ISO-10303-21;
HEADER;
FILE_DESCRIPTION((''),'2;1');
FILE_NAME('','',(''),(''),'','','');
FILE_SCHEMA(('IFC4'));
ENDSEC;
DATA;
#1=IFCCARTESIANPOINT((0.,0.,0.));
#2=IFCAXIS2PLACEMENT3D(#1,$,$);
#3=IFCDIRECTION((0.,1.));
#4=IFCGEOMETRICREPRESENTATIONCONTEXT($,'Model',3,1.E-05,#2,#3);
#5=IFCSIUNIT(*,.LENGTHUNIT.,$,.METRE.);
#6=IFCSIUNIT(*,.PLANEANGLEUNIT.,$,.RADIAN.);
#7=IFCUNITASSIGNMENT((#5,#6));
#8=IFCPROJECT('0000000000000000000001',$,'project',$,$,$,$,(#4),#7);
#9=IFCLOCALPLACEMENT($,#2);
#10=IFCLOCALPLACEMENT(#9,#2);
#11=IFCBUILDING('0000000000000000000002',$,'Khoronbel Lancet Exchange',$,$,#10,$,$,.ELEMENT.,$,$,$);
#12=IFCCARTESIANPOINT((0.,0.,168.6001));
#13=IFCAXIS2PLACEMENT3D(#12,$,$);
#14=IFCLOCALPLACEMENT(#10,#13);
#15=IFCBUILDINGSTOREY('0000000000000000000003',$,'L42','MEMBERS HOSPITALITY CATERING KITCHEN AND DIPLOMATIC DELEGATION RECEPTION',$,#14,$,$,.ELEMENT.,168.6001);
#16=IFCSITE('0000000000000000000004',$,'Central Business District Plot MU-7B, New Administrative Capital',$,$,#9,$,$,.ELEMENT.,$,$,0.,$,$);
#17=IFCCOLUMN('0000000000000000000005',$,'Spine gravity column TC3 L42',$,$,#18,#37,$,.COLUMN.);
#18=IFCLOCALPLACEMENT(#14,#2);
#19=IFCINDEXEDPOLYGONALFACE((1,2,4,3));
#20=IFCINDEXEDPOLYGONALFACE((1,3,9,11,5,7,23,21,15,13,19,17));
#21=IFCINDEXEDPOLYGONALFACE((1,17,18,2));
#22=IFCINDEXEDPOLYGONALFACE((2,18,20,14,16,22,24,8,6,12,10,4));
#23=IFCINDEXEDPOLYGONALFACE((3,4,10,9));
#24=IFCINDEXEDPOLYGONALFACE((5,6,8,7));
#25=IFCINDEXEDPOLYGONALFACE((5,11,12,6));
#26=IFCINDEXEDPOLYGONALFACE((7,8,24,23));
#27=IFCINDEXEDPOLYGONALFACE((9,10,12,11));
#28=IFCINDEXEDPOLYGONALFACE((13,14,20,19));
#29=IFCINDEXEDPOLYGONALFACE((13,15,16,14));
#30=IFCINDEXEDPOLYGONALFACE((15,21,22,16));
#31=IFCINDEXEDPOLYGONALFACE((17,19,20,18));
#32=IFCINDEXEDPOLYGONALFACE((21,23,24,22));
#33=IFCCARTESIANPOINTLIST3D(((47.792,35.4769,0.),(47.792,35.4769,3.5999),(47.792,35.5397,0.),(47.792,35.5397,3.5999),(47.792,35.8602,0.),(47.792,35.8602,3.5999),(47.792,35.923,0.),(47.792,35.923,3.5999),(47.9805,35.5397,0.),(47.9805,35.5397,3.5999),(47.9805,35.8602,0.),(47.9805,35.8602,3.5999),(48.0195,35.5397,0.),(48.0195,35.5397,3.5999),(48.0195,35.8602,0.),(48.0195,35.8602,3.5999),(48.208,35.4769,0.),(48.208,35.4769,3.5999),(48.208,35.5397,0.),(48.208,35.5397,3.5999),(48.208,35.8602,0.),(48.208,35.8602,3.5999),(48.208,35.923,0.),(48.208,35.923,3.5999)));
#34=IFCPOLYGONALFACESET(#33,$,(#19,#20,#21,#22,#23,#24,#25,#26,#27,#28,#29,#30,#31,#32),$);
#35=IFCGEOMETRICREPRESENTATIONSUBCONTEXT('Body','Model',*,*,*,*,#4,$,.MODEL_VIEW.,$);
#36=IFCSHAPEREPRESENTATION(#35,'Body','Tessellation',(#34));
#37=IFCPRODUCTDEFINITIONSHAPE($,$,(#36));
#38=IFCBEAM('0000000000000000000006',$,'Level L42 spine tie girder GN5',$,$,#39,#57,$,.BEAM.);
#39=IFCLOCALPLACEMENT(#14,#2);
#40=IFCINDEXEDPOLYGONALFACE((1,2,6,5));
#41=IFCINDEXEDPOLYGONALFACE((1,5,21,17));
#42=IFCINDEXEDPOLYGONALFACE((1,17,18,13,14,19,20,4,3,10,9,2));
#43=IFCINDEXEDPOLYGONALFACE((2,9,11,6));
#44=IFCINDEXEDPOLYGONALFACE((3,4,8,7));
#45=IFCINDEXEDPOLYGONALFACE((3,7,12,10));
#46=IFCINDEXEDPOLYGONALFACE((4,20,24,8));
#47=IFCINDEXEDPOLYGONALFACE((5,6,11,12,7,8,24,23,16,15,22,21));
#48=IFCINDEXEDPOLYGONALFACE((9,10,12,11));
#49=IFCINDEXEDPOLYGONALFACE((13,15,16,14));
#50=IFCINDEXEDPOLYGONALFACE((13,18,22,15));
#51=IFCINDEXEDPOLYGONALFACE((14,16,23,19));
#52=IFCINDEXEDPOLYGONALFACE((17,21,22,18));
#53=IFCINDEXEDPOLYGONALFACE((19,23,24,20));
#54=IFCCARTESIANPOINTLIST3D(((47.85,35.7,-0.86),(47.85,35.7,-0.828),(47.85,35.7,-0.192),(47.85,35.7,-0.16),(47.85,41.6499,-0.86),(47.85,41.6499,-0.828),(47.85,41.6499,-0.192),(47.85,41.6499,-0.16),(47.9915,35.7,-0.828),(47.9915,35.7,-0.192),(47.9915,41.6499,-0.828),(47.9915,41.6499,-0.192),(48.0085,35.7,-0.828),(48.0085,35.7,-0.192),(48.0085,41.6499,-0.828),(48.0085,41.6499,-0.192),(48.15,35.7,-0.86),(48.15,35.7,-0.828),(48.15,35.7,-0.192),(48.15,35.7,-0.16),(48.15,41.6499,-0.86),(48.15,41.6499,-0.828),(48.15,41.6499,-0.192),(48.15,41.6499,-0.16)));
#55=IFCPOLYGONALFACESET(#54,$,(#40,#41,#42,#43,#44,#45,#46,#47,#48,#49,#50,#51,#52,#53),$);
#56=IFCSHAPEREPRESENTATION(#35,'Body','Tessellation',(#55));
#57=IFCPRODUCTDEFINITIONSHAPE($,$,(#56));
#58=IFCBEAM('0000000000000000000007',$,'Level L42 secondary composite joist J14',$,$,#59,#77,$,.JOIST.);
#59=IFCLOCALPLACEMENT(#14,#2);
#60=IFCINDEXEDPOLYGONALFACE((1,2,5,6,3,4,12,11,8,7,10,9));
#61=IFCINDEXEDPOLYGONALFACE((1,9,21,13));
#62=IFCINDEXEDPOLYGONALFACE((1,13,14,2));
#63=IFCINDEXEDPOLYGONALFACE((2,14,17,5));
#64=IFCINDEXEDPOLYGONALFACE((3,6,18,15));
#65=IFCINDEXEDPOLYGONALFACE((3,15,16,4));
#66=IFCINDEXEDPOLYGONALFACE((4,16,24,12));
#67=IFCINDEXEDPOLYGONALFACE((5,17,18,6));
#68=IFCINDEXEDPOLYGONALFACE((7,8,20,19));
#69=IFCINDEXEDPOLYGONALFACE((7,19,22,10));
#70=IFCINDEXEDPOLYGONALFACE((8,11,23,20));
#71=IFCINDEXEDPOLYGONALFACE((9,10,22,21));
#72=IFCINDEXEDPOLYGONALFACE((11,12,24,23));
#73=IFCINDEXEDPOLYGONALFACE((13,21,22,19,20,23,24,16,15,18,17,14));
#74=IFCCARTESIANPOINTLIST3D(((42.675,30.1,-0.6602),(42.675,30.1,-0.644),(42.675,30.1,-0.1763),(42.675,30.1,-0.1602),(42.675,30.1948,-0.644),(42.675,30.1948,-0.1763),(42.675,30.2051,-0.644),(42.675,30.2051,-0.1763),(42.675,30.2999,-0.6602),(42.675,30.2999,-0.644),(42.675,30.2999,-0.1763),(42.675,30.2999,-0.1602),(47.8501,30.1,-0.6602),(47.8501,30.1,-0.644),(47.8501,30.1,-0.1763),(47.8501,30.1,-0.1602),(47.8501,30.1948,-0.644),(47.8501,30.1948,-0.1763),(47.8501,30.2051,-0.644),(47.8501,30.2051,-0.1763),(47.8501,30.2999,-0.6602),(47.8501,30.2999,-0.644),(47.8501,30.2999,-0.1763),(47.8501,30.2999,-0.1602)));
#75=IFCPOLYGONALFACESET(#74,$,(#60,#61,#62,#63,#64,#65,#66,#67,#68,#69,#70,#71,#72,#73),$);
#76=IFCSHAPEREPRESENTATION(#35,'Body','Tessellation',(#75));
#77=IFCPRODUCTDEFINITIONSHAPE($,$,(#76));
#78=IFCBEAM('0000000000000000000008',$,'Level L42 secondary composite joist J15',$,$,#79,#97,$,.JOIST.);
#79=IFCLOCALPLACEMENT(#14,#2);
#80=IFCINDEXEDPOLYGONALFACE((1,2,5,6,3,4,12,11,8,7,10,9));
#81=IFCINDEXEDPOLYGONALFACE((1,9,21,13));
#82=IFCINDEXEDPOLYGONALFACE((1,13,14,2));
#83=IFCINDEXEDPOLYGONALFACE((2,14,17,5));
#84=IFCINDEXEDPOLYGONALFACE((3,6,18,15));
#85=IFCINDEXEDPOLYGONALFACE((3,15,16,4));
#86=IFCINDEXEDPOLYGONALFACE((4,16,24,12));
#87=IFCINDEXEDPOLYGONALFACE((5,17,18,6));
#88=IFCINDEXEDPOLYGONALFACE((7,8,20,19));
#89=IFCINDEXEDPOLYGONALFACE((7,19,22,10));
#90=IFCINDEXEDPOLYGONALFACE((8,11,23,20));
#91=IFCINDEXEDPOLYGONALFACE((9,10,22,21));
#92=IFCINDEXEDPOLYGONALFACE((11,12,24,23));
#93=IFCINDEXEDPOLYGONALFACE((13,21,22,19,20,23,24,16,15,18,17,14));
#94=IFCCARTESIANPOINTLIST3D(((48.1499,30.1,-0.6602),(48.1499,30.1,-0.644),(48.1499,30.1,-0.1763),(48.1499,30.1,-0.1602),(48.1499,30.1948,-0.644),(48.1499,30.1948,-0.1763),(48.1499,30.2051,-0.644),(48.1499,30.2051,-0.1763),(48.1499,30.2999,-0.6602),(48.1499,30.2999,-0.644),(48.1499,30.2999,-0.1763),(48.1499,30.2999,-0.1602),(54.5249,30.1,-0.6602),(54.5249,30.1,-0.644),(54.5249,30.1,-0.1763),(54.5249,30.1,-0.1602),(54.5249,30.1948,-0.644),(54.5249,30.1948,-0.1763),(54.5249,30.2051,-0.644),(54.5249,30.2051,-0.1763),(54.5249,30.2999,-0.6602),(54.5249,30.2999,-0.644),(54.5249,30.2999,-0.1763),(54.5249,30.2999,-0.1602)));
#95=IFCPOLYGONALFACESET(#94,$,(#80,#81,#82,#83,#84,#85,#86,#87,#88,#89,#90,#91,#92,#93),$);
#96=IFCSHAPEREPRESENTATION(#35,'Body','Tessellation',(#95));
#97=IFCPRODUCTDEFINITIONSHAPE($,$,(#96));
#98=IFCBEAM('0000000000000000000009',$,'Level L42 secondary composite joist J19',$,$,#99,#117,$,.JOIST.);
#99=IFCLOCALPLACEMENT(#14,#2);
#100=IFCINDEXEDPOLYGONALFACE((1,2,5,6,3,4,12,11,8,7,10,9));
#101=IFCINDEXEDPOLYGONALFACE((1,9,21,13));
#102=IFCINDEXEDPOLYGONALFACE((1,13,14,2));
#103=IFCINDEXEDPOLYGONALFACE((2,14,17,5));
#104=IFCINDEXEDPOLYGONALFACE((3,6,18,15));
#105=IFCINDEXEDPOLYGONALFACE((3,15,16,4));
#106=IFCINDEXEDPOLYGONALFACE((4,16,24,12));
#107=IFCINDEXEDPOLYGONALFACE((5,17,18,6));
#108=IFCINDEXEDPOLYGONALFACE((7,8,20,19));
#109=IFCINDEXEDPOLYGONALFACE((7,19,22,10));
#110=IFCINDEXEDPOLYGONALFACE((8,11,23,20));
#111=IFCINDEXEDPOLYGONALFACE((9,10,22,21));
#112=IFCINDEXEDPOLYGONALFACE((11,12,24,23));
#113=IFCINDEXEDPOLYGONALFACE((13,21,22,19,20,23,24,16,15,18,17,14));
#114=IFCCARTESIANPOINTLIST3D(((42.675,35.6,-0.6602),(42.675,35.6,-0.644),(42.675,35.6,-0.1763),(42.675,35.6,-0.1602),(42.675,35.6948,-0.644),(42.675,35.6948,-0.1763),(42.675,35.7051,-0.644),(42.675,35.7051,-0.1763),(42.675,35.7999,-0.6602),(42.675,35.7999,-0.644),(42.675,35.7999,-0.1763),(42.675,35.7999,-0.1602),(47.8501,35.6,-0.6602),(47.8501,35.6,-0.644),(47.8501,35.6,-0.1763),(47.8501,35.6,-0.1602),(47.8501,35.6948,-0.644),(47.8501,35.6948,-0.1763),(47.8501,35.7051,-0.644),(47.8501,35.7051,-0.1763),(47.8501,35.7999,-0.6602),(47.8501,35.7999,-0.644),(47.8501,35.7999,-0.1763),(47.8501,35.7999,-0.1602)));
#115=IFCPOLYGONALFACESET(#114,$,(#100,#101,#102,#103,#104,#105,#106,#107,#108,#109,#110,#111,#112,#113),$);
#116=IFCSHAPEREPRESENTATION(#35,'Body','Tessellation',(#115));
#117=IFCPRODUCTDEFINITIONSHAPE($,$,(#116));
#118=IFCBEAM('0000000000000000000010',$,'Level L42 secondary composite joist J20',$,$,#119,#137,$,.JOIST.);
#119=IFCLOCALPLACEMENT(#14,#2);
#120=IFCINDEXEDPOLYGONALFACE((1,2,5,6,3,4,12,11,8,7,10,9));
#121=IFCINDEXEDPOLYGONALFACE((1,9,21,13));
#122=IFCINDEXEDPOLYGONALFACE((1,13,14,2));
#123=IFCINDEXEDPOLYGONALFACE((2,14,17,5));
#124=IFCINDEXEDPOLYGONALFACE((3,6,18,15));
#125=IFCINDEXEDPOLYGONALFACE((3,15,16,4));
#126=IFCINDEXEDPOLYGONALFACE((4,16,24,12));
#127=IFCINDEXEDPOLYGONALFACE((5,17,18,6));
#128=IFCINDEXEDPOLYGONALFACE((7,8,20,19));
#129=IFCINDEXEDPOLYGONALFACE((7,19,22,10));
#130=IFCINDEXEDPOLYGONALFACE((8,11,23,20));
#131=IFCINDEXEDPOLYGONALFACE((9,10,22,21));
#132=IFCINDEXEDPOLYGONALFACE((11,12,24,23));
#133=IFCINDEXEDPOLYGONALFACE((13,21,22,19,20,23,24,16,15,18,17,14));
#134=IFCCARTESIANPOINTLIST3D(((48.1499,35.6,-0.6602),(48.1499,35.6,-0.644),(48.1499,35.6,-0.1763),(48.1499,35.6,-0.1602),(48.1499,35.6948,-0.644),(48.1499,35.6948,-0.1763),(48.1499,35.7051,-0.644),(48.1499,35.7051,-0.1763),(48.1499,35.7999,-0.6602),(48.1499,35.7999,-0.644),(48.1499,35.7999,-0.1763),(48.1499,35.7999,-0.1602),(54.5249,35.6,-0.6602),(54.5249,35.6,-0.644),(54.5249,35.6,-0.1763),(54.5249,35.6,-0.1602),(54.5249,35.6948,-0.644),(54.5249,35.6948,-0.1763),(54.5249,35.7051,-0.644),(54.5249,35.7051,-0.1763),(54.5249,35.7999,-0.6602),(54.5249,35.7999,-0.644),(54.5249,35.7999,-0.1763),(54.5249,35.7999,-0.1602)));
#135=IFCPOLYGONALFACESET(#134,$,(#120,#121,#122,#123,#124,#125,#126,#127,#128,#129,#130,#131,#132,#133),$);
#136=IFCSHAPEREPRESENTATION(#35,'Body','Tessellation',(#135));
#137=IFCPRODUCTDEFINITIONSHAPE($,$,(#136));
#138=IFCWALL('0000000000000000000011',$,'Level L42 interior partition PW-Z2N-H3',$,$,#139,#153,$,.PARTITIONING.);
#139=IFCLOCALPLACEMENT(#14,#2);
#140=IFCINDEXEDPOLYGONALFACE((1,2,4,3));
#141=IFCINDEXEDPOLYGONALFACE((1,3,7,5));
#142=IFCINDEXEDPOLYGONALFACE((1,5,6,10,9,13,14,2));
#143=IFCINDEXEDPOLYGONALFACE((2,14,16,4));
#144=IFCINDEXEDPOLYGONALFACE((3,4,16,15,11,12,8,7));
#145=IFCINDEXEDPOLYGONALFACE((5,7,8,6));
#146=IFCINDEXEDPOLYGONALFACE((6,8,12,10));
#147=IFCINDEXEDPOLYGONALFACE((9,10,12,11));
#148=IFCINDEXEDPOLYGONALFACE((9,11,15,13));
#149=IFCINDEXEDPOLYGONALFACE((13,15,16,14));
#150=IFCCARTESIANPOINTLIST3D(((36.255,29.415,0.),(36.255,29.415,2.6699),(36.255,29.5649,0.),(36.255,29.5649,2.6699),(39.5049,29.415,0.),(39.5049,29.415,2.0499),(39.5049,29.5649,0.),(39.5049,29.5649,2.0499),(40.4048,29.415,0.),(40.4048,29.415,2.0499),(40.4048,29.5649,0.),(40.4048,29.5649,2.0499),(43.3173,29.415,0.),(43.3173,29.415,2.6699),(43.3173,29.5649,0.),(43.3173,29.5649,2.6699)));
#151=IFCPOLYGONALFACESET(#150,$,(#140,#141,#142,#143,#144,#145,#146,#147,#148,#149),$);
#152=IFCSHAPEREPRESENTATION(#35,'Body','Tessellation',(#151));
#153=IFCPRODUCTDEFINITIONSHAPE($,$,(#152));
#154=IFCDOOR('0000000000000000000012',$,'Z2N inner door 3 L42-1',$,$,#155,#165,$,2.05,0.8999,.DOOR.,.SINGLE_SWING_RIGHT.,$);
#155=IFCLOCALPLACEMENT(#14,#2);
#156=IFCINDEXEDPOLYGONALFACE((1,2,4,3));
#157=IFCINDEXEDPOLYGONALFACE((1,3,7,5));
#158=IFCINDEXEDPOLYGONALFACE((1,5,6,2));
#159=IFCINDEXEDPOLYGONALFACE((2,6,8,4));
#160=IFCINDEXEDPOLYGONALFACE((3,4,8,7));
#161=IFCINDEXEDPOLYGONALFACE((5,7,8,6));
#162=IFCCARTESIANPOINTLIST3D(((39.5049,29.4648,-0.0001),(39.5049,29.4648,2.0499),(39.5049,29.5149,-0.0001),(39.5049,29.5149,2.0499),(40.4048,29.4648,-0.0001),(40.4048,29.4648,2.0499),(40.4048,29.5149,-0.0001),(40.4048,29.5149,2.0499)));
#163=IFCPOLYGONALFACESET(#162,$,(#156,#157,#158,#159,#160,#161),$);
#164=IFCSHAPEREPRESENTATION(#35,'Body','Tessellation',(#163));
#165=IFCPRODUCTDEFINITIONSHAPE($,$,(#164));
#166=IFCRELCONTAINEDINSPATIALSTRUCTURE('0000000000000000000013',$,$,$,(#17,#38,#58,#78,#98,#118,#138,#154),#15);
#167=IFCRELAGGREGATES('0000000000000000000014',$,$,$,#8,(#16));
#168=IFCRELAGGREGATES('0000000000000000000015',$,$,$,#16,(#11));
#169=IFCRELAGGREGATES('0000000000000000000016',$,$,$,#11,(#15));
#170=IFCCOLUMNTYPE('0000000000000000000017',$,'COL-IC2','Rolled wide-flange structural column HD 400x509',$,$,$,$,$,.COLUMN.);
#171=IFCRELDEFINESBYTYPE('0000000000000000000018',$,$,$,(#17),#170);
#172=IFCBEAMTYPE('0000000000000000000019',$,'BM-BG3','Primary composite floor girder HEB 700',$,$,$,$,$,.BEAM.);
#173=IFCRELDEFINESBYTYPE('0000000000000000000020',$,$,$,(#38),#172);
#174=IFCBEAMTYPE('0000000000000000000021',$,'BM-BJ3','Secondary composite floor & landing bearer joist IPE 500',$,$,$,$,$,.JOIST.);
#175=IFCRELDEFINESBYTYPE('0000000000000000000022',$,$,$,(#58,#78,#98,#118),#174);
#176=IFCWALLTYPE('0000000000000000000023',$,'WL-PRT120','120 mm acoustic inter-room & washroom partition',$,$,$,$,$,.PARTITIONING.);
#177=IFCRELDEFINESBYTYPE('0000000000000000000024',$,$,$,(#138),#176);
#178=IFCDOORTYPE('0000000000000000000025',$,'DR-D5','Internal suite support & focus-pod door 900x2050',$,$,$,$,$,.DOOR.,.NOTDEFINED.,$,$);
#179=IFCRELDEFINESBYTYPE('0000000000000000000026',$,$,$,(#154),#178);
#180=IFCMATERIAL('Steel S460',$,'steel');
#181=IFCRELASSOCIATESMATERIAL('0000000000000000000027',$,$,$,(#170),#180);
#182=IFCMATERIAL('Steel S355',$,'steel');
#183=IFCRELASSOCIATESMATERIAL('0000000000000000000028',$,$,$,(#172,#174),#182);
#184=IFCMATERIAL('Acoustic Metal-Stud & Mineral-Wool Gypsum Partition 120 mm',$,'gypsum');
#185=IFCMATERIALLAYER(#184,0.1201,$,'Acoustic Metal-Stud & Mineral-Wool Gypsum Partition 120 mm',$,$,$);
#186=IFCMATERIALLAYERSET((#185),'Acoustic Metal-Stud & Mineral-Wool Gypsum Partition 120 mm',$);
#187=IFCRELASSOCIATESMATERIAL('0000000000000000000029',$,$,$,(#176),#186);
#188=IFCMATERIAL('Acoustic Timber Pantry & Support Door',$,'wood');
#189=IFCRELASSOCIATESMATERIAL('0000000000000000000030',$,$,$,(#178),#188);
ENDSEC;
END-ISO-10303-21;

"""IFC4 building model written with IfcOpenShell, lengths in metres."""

from ifc_helpers import new_model, si_unit, direction, frame, frame_2d, origin, origin_2d, place, context, subcontext, project, spatial, rectangle, i_section, extrude, material, layer, layer_set, material_profile, profile_set, type_object, element, fill, save


model = new_model("IFC4")

# Units and contexts
model_context = context("Model", 3, precision=1e-05, world=origin(), true_north=direction((0.0, 1.0)))
body_context = subcontext(model_context, "Body", "Model", "MODEL_VIEW")
ifc_project = project(units=[si_unit("LENGTHUNIT", "METRE"), si_unit("PLANEANGLEUNIT", "RADIAN")], contexts=[model_context])

# Site, building, storey
site_placement = place(None, origin())
site = spatial("IfcSite", under=ifc_project, at=site_placement, Name="Central Business District Plot MU-7B, New Administrative Capital", CompositionType="ELEMENT", RefElevation=0.0)
building_placement = place(site_placement, origin())
building = spatial("IfcBuilding", under=site, at=building_placement, Name="Khoronbel Lancet Exchange", CompositionType="ELEMENT")
storey_placement = place(building_placement, frame((0.0, 0.0, 168.6001)))
storey = spatial("IfcBuildingStorey", under=building, at=storey_placement, Name="L42", Description="MEMBERS HOSPITALITY CATERING KITCHEN AND DIPLOMATIC DELEGATION RECEPTION", CompositionType="ELEMENT", Elevation=168.6001)

# Column
ifc_material_1 = material(Name="Steel S460", Category="steel")
ifc_material_profile_1 = material_profile(ifc_material_1, i_section(OverallWidth=0.416, OverallDepth=0.446, WebThickness=0.0391, FlangeThickness=0.0627, at=origin_2d()), Name="HD 400x509")
ifc_profile_set_1 = profile_set([ifc_material_profile_1], Name="Steel S460")
column_type = type_object("IfcColumnType", Name="COL-IC2", Description="Rolled wide-flange structural column HD 400x509", PredefinedType="COLUMN", material=ifc_profile_set_1)
column_placement = place(storey_placement, frame((48.0, 35.7, 0.0), z_axis=(0.0, 0.0, 1.0), x_axis=(1.0, 0.0, 0.0)))
element("IfcColumn", 1, at=column_placement, inside=storey, type_object=column_type, Name="Spine gravity column TC3 L42", PredefinedType="COLUMN", context=body_context, shape_type="SweptSolid", body=[
    extrude(i_section(OverallWidth=0.416, OverallDepth=0.446, WebThickness=0.0391, FlangeThickness=0.0627, at=origin_2d()), origin(), (0.0, 0.0, 1.0), 3.5999),
])

# Beams
ifc_material_2 = material(Name="Steel S355", Category="steel")
ifc_material_profile_2 = material_profile(ifc_material_2, i_section(OverallWidth=0.3, OverallDepth=0.7, WebThickness=0.0171, FlangeThickness=0.032, at=origin_2d()), Name="HEB 700")
ifc_profile_set_2 = profile_set([ifc_material_profile_2], Name="Steel S355")
beam_type_1 = type_object("IfcBeamType", Name="BM-BG3", Description="Primary composite floor girder HEB 700", PredefinedType="BEAM", material=ifc_profile_set_2)
beam_1_placement = place(storey_placement, frame((48.0, 35.7, -0.51), z_axis=(0.0, 1.0, 0.0), x_axis=(-1.0, 0.0, 0.0)))
element("IfcBeam", 2, at=beam_1_placement, inside=storey, type_object=beam_type_1, Name="Level L42 spine tie girder GN5", PredefinedType="BEAM", context=body_context, shape_type="SweptSolid", body=[
    extrude(i_section(OverallWidth=0.3, OverallDepth=0.7, WebThickness=0.0171, FlangeThickness=0.032, at=origin_2d()), origin(), (0.0, 0.0, 1.0), 5.95),
])
ifc_material_profile_3 = material_profile(ifc_material_2, i_section(OverallWidth=0.2, OverallDepth=0.5, WebThickness=0.0103, FlangeThickness=0.0161, at=origin_2d()), Name="IPE 500")
ifc_profile_set_3 = profile_set([ifc_material_profile_3], Name="Steel S355")
beam_type_2 = type_object("IfcBeamType", Name="BM-BJ3", Description="Secondary composite floor & landing bearer joist IPE 500", PredefinedType="JOIST", material=ifc_profile_set_3)
beam_2_placement = place(storey_placement, frame((42.675, 30.2, -0.4102), z_axis=(1.0, 0.0, 0.0), x_axis=(0.0, 1.0, 0.0)))
element("IfcBeam", 3, at=beam_2_placement, inside=storey, type_object=beam_type_2, Name="Level L42 secondary composite joist J14", PredefinedType="JOIST", context=body_context, shape_type="SweptSolid", body=[
    extrude(i_section(OverallWidth=0.2, OverallDepth=0.5, WebThickness=0.0103, FlangeThickness=0.0161, at=origin_2d()), origin(), (0.0, 0.0, 1.0), 5.175),
])
beam_3_placement = place(storey_placement, frame((48.1499, 30.2, -0.4102), z_axis=(1.0, 0.0, 0.0), x_axis=(0.0, 1.0, 0.0)))
element("IfcBeam", 4, at=beam_3_placement, inside=storey, type_object=beam_type_2, Name="Level L42 secondary composite joist J15", PredefinedType="JOIST", context=body_context, shape_type="SweptSolid", body=[
    extrude(i_section(OverallWidth=0.2, OverallDepth=0.5, WebThickness=0.0103, FlangeThickness=0.0161, at=origin_2d()), origin(), (0.0, 0.0, 1.0), 6.375),
])
beam_4_placement = place(storey_placement, frame((42.675, 35.7, -0.4102), z_axis=(1.0, 0.0, 0.0), x_axis=(0.0, 1.0, 0.0)))
element("IfcBeam", 5, at=beam_4_placement, inside=storey, type_object=beam_type_2, Name="Level L42 secondary composite joist J19", PredefinedType="JOIST", context=body_context, shape_type="SweptSolid", body=[
    extrude(i_section(OverallWidth=0.2, OverallDepth=0.5, WebThickness=0.0103, FlangeThickness=0.0161, at=origin_2d()), origin(), (0.0, 0.0, 1.0), 5.175),
])
beam_5_placement = place(storey_placement, frame((48.1499, 35.7, -0.4102), z_axis=(1.0, 0.0, 0.0), x_axis=(0.0, 1.0, 0.0)))
element("IfcBeam", 6, at=beam_5_placement, inside=storey, type_object=beam_type_2, Name="Level L42 secondary composite joist J20", PredefinedType="JOIST", context=body_context, shape_type="SweptSolid", body=[
    extrude(i_section(OverallWidth=0.2, OverallDepth=0.5, WebThickness=0.0103, FlangeThickness=0.0161, at=origin_2d()), origin(), (0.0, 0.0, 1.0), 6.375),
])

# Wall, opening, door
ifc_material_3 = material(Name="Acoustic Metal-Stud & Mineral-Wool Gypsum Partition 120 mm", Category="gypsum")
ifc_layer_1 = layer(ifc_material_3, 0.1201, Name="Acoustic Metal-Stud & Mineral-Wool Gypsum Partition 120 mm")
ifc_layer_set_1 = layer_set([ifc_layer_1], Name="Acoustic Metal-Stud & Mineral-Wool Gypsum Partition 120 mm")
wall_type_1 = type_object("IfcWallType", Name="WL-PRT120", Description="120 mm acoustic inter-room & washroom partition", PredefinedType="PARTITIONING", material=ifc_layer_set_1)
wall_1_placement = place(storey_placement, frame((36.2549, 29.49, 0.0), z_axis=(0.0, 0.0, 1.0), x_axis=(1.0, 0.0, 0.0)))
wall_1 = element("IfcWall", 7, at=wall_1_placement, inside=storey, type_object=wall_type_1, Name="Level L42 interior partition PW-Z2N-H3", PredefinedType="PARTITIONING", context=body_context, shape_type="SweptSolid", body=[
    extrude(rectangle(XDim=7.0623, YDim=0.1499, at=frame_2d((3.5312, 0.0))), origin(), (0.0, 0.0, 1.0), 2.6699),
])
opening_1_placement = place(wall_1_placement, frame((3.25, 0.0, 0.0)))
opening_1 = element("IfcOpeningElement", 8, at=opening_1_placement, cuts=wall_1, PredefinedType="OPENING", context=body_context, shape_type="SweptSolid", body=[
    extrude(rectangle(XDim=0.8999, YDim=2.05, at=frame_2d((0.45, 1.0249))), frame((0.0, 0.085, 0.0), z_axis=(0.0, -1.0, 0.0), x_axis=(1.0, 0.0, 0.0)), (0.0, 0.0, 1.0), 0.1699),
])
ifc_material_4 = material(Name="Acoustic Timber Pantry & Support Door", Category="wood")
door_type_1 = type_object("IfcDoorType", Name="DR-D5", Description="Internal suite support & focus-pod door 900x2050", OperationType="NOTDEFINED", PredefinedType="DOOR", material=ifc_material_4)
door_1_placement = place(opening_1_placement, origin())
door_1 = element("IfcDoor", 9, at=door_1_placement, inside=storey, type_object=door_type_1, Name="Z2N inner door 3 L42-1", OperationType="SINGLE_SWING_RIGHT", OverallHeight=2.05, OverallWidth=0.8999, PredefinedType="DOOR", context=body_context, shape_type="SweptSolid", body=[
    extrude(rectangle(XDim=0.8999, YDim=2.05, at=frame_2d((0.45, 1.0249))), frame((0.0, 0.0249, 0.0), z_axis=(0.0, -1.0, 0.0), x_axis=(1.0, 0.0, 0.0)), (0.0, 0.0, 1.0), 0.05),
])
fill(opening_1, door_1)

save(model, "model.ifc")
